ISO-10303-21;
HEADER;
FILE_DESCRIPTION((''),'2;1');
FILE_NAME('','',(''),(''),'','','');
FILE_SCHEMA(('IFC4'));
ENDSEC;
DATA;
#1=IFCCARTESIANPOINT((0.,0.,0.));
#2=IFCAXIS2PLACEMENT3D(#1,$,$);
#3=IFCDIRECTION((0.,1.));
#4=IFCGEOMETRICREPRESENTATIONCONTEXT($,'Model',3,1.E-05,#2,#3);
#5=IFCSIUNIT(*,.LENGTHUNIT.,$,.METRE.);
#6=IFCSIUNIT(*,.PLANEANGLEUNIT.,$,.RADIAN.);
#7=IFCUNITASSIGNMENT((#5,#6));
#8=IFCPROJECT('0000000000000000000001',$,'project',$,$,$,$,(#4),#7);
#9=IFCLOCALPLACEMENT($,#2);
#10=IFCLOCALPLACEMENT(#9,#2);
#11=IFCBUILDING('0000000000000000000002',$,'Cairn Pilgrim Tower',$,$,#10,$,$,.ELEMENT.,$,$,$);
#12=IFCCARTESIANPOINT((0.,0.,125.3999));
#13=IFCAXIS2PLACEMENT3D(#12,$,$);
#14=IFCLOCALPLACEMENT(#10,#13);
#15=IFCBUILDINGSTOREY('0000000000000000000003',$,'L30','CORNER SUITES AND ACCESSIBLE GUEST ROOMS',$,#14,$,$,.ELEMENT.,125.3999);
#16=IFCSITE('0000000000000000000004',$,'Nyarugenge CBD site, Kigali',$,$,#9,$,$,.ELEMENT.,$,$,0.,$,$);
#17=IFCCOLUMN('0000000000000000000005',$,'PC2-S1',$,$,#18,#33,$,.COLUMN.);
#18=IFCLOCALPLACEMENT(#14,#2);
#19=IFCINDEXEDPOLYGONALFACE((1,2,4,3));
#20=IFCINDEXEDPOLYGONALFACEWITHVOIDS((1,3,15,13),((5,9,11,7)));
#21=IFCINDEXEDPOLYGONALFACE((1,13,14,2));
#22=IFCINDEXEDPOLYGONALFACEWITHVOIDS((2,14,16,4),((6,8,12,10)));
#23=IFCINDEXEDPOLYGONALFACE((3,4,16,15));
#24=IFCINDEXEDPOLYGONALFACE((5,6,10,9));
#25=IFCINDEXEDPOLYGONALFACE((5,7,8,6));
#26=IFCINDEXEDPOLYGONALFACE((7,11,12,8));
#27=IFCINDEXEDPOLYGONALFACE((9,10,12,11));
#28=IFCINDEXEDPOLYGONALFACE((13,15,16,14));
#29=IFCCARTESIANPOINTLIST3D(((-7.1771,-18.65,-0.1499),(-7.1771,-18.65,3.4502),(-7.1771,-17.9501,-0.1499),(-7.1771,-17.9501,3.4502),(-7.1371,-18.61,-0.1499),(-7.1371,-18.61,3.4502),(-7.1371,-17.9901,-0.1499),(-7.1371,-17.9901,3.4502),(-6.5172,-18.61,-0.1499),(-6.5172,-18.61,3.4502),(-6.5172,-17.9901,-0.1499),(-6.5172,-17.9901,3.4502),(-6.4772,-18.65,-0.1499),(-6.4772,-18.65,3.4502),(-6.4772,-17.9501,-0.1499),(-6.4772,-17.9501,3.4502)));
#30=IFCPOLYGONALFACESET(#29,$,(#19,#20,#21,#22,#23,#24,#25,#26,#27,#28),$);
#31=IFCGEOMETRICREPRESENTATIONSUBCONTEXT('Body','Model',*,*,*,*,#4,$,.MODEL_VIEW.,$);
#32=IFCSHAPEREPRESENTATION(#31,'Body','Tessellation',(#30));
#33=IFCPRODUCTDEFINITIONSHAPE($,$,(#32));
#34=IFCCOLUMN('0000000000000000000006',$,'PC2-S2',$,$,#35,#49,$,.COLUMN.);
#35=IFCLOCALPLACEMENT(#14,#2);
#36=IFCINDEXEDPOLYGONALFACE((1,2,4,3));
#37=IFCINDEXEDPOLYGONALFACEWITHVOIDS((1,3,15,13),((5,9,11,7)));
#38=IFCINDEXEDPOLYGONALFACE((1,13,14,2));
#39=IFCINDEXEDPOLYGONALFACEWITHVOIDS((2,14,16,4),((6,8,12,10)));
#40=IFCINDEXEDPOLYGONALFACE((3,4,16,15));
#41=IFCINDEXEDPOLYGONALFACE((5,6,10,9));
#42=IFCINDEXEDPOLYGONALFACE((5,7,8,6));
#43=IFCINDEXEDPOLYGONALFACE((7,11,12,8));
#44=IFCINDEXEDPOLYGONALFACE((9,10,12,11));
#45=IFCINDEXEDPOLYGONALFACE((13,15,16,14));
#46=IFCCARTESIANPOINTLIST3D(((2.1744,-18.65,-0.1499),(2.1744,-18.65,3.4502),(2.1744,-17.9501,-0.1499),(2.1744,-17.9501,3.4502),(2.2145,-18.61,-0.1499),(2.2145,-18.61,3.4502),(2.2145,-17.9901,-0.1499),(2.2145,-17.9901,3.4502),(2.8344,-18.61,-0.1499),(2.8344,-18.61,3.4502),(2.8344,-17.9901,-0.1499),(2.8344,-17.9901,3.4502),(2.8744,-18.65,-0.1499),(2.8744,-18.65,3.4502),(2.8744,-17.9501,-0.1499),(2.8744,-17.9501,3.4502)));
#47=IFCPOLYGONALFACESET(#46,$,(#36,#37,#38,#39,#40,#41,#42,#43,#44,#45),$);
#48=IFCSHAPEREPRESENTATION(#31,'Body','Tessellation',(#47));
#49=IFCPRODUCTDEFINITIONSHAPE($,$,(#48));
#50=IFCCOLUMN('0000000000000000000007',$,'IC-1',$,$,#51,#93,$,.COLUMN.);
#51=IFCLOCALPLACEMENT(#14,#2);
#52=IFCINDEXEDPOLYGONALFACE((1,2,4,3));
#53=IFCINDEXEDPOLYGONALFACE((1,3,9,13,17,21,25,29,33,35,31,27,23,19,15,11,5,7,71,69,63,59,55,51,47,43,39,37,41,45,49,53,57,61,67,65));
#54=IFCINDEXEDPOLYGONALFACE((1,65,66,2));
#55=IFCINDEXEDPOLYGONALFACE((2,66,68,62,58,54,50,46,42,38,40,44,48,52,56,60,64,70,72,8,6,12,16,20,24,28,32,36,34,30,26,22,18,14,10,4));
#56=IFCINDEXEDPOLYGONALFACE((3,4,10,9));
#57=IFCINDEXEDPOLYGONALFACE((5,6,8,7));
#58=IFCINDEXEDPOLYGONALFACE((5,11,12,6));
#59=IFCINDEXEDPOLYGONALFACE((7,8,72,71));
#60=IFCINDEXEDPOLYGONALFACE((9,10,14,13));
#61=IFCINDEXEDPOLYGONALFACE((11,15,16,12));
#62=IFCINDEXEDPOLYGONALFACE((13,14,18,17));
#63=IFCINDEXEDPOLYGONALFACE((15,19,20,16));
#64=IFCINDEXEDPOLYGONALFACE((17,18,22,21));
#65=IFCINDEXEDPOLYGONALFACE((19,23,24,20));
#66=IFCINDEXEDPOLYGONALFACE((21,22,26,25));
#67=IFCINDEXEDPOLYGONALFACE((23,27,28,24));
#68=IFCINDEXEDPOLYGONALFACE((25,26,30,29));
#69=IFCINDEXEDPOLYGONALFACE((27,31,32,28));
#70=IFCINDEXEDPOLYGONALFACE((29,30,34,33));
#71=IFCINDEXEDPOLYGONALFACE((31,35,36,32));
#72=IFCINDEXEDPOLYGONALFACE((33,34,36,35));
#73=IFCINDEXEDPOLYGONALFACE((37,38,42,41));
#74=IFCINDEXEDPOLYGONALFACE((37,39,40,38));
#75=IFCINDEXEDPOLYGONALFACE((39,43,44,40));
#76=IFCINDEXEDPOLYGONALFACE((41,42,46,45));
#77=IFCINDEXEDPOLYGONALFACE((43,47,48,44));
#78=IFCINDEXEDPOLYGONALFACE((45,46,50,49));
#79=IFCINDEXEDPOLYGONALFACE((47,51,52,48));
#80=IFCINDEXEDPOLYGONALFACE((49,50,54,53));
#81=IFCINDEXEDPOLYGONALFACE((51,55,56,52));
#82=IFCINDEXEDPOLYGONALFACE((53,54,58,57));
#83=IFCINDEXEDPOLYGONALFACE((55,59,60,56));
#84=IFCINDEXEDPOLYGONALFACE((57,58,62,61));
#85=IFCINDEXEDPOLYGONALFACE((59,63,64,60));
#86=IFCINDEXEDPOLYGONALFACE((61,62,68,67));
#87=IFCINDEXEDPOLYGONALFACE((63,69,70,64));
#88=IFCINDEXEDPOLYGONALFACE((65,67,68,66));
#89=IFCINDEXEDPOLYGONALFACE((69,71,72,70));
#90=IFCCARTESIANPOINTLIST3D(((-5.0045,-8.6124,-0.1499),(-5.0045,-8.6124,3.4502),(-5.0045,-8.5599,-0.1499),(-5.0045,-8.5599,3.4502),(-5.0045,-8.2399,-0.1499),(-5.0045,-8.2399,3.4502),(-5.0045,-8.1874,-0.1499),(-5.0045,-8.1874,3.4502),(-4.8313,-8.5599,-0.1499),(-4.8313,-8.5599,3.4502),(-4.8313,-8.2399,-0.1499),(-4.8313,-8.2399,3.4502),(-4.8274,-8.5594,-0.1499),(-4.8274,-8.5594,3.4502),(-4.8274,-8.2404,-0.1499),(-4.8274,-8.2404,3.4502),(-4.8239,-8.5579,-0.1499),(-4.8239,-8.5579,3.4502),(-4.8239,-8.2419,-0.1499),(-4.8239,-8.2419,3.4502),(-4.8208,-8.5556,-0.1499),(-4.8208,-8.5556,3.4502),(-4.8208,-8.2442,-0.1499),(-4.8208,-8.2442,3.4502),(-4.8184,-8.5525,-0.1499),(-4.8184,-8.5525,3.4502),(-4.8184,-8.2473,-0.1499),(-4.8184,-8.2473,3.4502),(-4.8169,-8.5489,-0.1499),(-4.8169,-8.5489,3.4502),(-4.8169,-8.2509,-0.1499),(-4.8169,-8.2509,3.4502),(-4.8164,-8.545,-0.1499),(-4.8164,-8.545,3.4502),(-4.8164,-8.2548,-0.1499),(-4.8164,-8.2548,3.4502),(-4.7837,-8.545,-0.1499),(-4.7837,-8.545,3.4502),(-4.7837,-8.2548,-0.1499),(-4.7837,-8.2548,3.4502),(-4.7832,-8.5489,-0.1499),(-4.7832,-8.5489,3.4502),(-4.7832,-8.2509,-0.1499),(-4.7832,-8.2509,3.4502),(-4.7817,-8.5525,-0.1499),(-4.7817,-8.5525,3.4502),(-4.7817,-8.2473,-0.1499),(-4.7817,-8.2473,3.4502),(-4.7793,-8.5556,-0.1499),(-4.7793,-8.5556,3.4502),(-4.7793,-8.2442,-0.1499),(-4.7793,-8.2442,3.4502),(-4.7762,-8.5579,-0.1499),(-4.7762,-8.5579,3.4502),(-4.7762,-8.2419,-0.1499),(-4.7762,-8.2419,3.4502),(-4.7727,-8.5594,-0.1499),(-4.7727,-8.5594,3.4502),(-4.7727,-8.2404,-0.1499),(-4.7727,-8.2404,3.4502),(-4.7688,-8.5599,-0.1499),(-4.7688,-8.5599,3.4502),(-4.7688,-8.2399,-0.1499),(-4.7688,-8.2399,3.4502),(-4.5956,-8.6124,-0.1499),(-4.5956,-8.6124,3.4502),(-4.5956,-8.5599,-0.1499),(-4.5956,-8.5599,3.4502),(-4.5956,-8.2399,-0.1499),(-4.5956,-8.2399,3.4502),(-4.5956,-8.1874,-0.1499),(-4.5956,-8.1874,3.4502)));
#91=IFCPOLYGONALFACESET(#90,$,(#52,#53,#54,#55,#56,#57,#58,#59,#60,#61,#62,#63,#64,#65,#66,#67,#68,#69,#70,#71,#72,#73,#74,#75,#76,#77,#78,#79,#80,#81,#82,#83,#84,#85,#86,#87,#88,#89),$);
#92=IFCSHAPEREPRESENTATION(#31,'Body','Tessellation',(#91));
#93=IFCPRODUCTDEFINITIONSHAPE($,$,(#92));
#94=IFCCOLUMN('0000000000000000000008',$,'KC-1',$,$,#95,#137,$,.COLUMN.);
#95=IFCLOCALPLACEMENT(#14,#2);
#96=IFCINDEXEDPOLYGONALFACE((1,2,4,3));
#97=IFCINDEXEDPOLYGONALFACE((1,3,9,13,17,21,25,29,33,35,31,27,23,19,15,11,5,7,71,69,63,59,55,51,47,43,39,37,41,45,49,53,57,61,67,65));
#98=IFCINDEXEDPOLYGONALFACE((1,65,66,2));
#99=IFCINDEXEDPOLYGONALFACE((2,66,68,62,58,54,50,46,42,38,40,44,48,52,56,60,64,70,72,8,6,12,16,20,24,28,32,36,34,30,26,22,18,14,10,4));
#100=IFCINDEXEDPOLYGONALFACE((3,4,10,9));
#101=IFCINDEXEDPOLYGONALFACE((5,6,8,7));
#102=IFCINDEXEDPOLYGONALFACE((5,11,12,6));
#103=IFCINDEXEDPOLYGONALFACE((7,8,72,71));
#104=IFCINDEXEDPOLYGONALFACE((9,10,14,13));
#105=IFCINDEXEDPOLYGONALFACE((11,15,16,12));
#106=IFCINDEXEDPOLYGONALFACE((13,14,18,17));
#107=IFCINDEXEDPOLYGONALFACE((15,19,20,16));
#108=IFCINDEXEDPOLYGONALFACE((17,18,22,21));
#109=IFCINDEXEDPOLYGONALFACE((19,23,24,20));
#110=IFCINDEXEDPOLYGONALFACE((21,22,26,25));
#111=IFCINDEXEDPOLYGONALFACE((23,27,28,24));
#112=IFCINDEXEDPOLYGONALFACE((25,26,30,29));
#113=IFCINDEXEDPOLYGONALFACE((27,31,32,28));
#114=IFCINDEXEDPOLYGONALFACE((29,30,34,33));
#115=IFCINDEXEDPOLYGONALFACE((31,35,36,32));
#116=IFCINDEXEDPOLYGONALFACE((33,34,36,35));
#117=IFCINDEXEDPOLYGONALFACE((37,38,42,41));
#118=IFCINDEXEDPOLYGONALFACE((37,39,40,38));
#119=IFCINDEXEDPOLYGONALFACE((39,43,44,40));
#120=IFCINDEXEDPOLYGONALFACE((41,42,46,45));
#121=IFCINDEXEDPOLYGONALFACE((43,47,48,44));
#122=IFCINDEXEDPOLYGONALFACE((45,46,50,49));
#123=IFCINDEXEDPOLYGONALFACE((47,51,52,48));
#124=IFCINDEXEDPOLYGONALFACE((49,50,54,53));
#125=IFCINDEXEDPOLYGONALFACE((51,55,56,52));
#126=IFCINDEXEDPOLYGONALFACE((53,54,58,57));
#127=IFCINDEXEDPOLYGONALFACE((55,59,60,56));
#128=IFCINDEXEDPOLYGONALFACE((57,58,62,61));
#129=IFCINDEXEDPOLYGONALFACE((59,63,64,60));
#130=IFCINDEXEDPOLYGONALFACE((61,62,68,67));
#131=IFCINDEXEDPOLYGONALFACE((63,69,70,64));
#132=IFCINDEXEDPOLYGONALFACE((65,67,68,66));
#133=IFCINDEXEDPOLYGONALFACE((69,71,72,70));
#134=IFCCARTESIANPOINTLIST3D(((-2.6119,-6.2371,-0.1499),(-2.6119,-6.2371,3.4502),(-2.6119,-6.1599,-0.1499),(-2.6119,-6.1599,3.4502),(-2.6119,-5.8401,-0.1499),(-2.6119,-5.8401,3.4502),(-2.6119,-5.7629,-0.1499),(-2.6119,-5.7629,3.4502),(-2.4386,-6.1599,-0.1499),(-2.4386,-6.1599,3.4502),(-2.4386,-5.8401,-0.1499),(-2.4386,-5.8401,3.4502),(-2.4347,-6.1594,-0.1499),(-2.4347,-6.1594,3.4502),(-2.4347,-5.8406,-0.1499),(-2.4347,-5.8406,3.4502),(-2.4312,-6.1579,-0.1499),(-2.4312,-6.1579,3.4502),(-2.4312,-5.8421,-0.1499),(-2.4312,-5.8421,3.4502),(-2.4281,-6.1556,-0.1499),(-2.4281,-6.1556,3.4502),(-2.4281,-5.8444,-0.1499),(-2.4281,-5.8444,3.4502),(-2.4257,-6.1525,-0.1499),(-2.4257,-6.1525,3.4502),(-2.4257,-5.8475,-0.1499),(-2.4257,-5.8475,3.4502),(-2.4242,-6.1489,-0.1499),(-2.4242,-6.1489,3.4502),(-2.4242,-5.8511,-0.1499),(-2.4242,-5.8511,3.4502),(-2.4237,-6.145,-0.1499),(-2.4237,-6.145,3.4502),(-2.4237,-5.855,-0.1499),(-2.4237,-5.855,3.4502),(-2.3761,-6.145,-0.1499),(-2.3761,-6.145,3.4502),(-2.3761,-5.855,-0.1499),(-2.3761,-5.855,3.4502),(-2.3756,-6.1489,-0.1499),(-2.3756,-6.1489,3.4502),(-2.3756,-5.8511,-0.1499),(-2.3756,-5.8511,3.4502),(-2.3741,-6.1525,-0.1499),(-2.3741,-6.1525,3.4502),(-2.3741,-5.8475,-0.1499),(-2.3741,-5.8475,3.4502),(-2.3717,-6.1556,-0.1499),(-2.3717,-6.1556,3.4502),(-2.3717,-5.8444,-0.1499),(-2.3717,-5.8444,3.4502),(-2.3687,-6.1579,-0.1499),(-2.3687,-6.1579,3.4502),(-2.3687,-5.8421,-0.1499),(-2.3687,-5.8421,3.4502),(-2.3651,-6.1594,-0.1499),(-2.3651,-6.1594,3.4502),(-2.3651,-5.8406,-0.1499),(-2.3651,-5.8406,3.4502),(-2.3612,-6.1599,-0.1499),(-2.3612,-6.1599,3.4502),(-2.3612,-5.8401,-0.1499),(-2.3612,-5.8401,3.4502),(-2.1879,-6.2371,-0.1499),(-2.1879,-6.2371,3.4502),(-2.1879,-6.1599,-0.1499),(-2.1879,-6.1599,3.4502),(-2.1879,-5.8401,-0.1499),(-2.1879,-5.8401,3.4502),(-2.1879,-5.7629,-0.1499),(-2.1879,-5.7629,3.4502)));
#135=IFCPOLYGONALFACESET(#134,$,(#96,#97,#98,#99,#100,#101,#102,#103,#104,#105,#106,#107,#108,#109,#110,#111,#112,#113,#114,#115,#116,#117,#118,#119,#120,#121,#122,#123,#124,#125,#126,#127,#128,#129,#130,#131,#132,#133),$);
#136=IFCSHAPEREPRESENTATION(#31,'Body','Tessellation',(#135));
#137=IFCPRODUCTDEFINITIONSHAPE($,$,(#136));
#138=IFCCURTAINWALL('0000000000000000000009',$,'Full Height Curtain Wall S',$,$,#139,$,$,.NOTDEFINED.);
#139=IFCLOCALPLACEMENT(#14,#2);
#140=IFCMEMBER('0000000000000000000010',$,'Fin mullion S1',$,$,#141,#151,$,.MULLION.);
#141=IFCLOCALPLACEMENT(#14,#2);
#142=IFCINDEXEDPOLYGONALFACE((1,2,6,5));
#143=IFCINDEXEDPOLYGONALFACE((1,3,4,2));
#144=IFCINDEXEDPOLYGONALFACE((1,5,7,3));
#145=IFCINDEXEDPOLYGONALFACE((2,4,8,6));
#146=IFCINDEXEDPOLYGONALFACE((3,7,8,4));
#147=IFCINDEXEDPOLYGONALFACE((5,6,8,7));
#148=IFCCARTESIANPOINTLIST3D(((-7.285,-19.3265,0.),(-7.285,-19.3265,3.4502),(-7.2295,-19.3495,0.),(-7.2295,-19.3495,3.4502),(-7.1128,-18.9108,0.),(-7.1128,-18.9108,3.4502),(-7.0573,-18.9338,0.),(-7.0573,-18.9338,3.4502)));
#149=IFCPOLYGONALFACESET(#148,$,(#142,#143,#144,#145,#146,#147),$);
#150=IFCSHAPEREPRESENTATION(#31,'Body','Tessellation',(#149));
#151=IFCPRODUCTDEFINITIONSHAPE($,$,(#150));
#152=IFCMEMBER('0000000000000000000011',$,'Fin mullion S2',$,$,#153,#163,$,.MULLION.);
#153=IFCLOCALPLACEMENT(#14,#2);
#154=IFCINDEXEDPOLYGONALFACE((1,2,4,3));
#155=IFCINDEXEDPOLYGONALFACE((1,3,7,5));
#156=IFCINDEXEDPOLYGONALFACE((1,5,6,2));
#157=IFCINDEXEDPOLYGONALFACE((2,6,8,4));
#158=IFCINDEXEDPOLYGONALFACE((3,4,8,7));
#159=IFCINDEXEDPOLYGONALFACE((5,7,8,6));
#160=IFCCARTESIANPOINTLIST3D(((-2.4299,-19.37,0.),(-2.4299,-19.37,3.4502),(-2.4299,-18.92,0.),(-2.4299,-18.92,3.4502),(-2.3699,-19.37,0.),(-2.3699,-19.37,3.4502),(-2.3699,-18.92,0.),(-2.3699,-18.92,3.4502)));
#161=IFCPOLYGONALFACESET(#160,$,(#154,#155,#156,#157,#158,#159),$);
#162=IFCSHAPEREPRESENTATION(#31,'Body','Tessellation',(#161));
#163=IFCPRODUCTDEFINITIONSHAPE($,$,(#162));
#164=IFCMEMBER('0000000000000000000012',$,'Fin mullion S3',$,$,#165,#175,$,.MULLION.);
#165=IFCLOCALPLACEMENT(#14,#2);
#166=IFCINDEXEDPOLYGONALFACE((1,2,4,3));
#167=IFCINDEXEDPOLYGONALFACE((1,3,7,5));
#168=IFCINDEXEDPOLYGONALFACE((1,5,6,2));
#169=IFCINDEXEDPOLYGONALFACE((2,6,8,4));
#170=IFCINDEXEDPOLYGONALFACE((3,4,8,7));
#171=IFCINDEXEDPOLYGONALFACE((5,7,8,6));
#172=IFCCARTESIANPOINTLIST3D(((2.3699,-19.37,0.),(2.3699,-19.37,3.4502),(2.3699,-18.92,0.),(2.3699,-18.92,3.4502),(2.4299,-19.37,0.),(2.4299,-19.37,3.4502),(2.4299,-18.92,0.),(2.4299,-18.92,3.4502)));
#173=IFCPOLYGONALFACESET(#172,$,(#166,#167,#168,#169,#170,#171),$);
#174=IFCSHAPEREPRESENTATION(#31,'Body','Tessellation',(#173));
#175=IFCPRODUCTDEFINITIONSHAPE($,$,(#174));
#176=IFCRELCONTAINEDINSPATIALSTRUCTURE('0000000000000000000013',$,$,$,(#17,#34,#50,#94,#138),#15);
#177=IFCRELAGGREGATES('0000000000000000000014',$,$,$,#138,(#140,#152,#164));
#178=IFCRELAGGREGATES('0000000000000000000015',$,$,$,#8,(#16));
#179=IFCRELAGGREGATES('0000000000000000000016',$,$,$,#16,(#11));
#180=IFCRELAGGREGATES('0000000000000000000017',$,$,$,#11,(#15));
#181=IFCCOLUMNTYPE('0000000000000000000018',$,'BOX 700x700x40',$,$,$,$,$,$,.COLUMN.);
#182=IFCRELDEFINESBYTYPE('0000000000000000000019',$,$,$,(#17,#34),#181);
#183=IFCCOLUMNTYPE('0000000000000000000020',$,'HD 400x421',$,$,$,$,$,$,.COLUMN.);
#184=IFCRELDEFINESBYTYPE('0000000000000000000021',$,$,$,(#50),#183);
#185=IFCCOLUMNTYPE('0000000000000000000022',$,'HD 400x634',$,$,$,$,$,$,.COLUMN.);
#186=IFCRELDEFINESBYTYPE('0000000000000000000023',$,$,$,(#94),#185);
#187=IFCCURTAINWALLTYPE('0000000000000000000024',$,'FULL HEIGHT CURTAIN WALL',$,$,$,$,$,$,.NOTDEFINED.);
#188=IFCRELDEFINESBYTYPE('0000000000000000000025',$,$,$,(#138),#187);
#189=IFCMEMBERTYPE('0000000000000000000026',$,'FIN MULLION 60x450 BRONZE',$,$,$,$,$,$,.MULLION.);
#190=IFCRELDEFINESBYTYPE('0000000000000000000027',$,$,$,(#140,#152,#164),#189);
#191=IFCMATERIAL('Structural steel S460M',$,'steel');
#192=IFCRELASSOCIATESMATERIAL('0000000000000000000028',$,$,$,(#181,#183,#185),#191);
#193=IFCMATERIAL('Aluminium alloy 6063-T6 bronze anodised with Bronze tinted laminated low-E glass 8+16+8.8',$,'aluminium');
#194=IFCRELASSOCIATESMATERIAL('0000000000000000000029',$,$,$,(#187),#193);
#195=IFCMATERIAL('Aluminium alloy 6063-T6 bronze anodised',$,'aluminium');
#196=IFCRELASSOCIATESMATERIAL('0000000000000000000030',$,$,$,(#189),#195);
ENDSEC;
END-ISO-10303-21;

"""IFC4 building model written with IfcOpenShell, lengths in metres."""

from ifc_helpers import new_model, si_unit, direction, frame, origin, origin_2d, place, context, subcontext, project, spatial, rectangle, hollow_rectangle, i_section, extrude, material, material_profile, profile_set, type_object, element, aggregate, save


model = new_model("IFC4")

# Units and contexts
model_context = context("Model", 3, precision=1e-05, world=origin(), true_north=direction((0.0, 1.0)))
body_context = subcontext(model_context, "Body", "Model", "MODEL_VIEW")
ifc_project = project(units=[si_unit("LENGTHUNIT", "METRE"), si_unit("PLANEANGLEUNIT", "RADIAN")], contexts=[model_context])

# Site, building, storey
site_placement = place(None, origin())
site = spatial("IfcSite", under=ifc_project, at=site_placement, Name="Nyarugenge CBD site, Kigali", CompositionType="ELEMENT", RefElevation=0.0)
building_placement = place(site_placement, origin())
building = spatial("IfcBuilding", under=site, at=building_placement, Name="Cairn Pilgrim Tower", CompositionType="ELEMENT")
storey_placement = place(building_placement, frame((0.0, 0.0, 125.3999)))
storey = spatial("IfcBuildingStorey", under=building, at=storey_placement, Name="L30", Description="CORNER SUITES AND ACCESSIBLE GUEST ROOMS", CompositionType="ELEMENT", Elevation=125.3999)

# Columns
ifc_material_1 = material(Name="Structural steel S460M", Category="steel")
ifc_material_profile_1 = material_profile(ifc_material_1, hollow_rectangle(XDim=0.7, YDim=0.7, WallThickness=0.04, at=origin_2d()), Name="BOX 700x700x40")
ifc_profile_set_1 = profile_set([ifc_material_profile_1], Name="Structural steel S460M")
column_type_1 = type_object("IfcColumnType", Name="BOX 700x700x40", PredefinedType="COLUMN", material=ifc_profile_set_1)
for number, where, z_axis, x_axis, name in (
    (1, (-6.8271, -18.3, -0.1499), (0.0, 0.0, 1.0), (1.0, 0.0, 0.0), "PC2-S1"),
    (2, (2.5244, -18.3, -0.1499), (0.0, 0.0, 1.0), (1.0, 0.0, 0.0), "PC2-S2"),
):
    element("IfcColumn", number, at=place(storey_placement, frame(where, z_axis=z_axis, x_axis=x_axis)), inside=storey, type_object=column_type_1, Name=name, PredefinedType="COLUMN", context=body_context, shape_type="SweptSolid", body=[
        extrude(hollow_rectangle(XDim=0.7, YDim=0.7, WallThickness=0.04, at=origin_2d()), origin(), (0.0, 0.0, 1.0), 3.6001),
    ])
ifc_material_profile_2 = material_profile(ifc_material_1, i_section(OverallWidth=0.4089, OverallDepth=0.425, WebThickness=0.0327, FlangeThickness=0.0525, FilletRadius=0.0149, at=origin_2d()), Name="HD 400x421")
ifc_profile_set_2 = profile_set([ifc_material_profile_2], Name="Structural steel S460M")
column_type_2 = type_object("IfcColumnType", Name="HD 400x421", PredefinedType="COLUMN", material=ifc_profile_set_2)
column_1_placement = place(storey_placement, frame((-4.8, -8.3999, -0.1499), z_axis=(0.0, 0.0, 1.0), x_axis=(1.0, 0.0, 0.0)))
element("IfcColumn", 3, at=column_1_placement, inside=storey, type_object=column_type_2, Name="IC-1", PredefinedType="COLUMN", context=body_context, shape_type="SweptSolid", body=[
    extrude(i_section(OverallWidth=0.4089, OverallDepth=0.425, WebThickness=0.0327, FlangeThickness=0.0525, FilletRadius=0.0149, at=origin_2d()), origin(), (0.0, 0.0, 1.0), 3.6001),
])
ifc_material_profile_3 = material_profile(ifc_material_1, i_section(OverallWidth=0.4241, OverallDepth=0.4741, WebThickness=0.0476, FlangeThickness=0.0771, FilletRadius=0.0149, at=origin_2d()), Name="HD 400x634")
ifc_profile_set_3 = profile_set([ifc_material_profile_3], Name="Structural steel S460M")
column_type_3 = type_object("IfcColumnType", Name="HD 400x634", PredefinedType="COLUMN", material=ifc_profile_set_3)
column_2_placement = place(storey_placement, frame((-2.3999, -6.0, -0.1499), z_axis=(0.0, 0.0, 1.0), x_axis=(1.0, 0.0, 0.0)))
element("IfcColumn", 4, at=column_2_placement, inside=storey, type_object=column_type_3, Name="KC-1", PredefinedType="COLUMN", context=body_context, shape_type="SweptSolid", body=[
    extrude(i_section(OverallWidth=0.4241, OverallDepth=0.4741, WebThickness=0.0476, FlangeThickness=0.0771, FilletRadius=0.0149, at=origin_2d()), origin(), (0.0, 0.0, 1.0), 3.6001),
])

# Curtain wall, members
ifc_material_2 = material(Name="Aluminium alloy 6063-T6 bronze anodised with Bronze tinted laminated low-E glass 8+16+8.8", Category="aluminium")
curtain_wall_type = type_object("IfcCurtainWallType", Name="FULL HEIGHT CURTAIN WALL", PredefinedType="NOTDEFINED", material=ifc_material_2)
curtain_wall_1_placement = place(storey_placement, origin())
curtain_wall_1 = element("IfcCurtainWall", 5, at=curtain_wall_1_placement, inside=storey, type_object=curtain_wall_type, Name="Full Height Curtain Wall S", PredefinedType="NOTDEFINED")
ifc_material_3 = material(Name="Aluminium alloy 6063-T6 bronze anodised", Category="aluminium")
ifc_material_profile_4 = material_profile(ifc_material_3, rectangle(XDim=0.45, YDim=0.0601, at=origin_2d()), Name="FIN MULLION 60x450 BRONZE")
ifc_profile_set_4 = profile_set([ifc_material_profile_4], Name="Aluminium alloy 6063-T6 bronze anodised")
member_type_1 = type_object("IfcMemberType", Name="FIN MULLION 60x450 BRONZE", PredefinedType="MULLION", material=ifc_profile_set_4)
member_1_placement = place(storey_placement, frame((-7.1711, -19.1301, 0.0), z_axis=(0.0, 0.0, 1.0), x_axis=(-0.382683, -0.92388, 0.0)))
member_1 = element("IfcMember", 6, at=member_1_placement, type_object=member_type_1, Name="Fin mullion S1", PredefinedType="MULLION", context=body_context, shape_type="SweptSolid", body=[
    extrude(rectangle(XDim=0.45, YDim=0.0601, at=origin_2d()), origin(), (0.0, 0.0, 1.0), 3.4502),
])
member_2_placement = place(storey_placement, frame((-2.3999, -19.145, 0.0), z_axis=(0.0, 0.0, 1.0), x_axis=(0.0, -1.0, 0.0)))
member_2 = element("IfcMember", 7, at=member_2_placement, type_object=member_type_1, Name="Fin mullion S2", PredefinedType="MULLION", context=body_context, shape_type="SweptSolid", body=[
    extrude(rectangle(XDim=0.45, YDim=0.0601, at=origin_2d()), origin(), (0.0, 0.0, 1.0), 3.4502),
])
member_3_placement = place(storey_placement, frame((2.3999, -19.145, 0.0), z_axis=(0.0, 0.0, 1.0), x_axis=(0.0, -1.0, 0.0)))
member_3 = element("IfcMember", 8, at=member_3_placement, type_object=member_type_1, Name="Fin mullion S3", PredefinedType="MULLION", context=body_context, shape_type="SweptSolid", body=[
    extrude(rectangle(XDim=0.45, YDim=0.0601, at=origin_2d()), origin(), (0.0, 0.0, 1.0), 3.4502),
])

aggregate(curtain_wall_1, [member_1, member_2, member_3])

save(model, "model.ifc")
